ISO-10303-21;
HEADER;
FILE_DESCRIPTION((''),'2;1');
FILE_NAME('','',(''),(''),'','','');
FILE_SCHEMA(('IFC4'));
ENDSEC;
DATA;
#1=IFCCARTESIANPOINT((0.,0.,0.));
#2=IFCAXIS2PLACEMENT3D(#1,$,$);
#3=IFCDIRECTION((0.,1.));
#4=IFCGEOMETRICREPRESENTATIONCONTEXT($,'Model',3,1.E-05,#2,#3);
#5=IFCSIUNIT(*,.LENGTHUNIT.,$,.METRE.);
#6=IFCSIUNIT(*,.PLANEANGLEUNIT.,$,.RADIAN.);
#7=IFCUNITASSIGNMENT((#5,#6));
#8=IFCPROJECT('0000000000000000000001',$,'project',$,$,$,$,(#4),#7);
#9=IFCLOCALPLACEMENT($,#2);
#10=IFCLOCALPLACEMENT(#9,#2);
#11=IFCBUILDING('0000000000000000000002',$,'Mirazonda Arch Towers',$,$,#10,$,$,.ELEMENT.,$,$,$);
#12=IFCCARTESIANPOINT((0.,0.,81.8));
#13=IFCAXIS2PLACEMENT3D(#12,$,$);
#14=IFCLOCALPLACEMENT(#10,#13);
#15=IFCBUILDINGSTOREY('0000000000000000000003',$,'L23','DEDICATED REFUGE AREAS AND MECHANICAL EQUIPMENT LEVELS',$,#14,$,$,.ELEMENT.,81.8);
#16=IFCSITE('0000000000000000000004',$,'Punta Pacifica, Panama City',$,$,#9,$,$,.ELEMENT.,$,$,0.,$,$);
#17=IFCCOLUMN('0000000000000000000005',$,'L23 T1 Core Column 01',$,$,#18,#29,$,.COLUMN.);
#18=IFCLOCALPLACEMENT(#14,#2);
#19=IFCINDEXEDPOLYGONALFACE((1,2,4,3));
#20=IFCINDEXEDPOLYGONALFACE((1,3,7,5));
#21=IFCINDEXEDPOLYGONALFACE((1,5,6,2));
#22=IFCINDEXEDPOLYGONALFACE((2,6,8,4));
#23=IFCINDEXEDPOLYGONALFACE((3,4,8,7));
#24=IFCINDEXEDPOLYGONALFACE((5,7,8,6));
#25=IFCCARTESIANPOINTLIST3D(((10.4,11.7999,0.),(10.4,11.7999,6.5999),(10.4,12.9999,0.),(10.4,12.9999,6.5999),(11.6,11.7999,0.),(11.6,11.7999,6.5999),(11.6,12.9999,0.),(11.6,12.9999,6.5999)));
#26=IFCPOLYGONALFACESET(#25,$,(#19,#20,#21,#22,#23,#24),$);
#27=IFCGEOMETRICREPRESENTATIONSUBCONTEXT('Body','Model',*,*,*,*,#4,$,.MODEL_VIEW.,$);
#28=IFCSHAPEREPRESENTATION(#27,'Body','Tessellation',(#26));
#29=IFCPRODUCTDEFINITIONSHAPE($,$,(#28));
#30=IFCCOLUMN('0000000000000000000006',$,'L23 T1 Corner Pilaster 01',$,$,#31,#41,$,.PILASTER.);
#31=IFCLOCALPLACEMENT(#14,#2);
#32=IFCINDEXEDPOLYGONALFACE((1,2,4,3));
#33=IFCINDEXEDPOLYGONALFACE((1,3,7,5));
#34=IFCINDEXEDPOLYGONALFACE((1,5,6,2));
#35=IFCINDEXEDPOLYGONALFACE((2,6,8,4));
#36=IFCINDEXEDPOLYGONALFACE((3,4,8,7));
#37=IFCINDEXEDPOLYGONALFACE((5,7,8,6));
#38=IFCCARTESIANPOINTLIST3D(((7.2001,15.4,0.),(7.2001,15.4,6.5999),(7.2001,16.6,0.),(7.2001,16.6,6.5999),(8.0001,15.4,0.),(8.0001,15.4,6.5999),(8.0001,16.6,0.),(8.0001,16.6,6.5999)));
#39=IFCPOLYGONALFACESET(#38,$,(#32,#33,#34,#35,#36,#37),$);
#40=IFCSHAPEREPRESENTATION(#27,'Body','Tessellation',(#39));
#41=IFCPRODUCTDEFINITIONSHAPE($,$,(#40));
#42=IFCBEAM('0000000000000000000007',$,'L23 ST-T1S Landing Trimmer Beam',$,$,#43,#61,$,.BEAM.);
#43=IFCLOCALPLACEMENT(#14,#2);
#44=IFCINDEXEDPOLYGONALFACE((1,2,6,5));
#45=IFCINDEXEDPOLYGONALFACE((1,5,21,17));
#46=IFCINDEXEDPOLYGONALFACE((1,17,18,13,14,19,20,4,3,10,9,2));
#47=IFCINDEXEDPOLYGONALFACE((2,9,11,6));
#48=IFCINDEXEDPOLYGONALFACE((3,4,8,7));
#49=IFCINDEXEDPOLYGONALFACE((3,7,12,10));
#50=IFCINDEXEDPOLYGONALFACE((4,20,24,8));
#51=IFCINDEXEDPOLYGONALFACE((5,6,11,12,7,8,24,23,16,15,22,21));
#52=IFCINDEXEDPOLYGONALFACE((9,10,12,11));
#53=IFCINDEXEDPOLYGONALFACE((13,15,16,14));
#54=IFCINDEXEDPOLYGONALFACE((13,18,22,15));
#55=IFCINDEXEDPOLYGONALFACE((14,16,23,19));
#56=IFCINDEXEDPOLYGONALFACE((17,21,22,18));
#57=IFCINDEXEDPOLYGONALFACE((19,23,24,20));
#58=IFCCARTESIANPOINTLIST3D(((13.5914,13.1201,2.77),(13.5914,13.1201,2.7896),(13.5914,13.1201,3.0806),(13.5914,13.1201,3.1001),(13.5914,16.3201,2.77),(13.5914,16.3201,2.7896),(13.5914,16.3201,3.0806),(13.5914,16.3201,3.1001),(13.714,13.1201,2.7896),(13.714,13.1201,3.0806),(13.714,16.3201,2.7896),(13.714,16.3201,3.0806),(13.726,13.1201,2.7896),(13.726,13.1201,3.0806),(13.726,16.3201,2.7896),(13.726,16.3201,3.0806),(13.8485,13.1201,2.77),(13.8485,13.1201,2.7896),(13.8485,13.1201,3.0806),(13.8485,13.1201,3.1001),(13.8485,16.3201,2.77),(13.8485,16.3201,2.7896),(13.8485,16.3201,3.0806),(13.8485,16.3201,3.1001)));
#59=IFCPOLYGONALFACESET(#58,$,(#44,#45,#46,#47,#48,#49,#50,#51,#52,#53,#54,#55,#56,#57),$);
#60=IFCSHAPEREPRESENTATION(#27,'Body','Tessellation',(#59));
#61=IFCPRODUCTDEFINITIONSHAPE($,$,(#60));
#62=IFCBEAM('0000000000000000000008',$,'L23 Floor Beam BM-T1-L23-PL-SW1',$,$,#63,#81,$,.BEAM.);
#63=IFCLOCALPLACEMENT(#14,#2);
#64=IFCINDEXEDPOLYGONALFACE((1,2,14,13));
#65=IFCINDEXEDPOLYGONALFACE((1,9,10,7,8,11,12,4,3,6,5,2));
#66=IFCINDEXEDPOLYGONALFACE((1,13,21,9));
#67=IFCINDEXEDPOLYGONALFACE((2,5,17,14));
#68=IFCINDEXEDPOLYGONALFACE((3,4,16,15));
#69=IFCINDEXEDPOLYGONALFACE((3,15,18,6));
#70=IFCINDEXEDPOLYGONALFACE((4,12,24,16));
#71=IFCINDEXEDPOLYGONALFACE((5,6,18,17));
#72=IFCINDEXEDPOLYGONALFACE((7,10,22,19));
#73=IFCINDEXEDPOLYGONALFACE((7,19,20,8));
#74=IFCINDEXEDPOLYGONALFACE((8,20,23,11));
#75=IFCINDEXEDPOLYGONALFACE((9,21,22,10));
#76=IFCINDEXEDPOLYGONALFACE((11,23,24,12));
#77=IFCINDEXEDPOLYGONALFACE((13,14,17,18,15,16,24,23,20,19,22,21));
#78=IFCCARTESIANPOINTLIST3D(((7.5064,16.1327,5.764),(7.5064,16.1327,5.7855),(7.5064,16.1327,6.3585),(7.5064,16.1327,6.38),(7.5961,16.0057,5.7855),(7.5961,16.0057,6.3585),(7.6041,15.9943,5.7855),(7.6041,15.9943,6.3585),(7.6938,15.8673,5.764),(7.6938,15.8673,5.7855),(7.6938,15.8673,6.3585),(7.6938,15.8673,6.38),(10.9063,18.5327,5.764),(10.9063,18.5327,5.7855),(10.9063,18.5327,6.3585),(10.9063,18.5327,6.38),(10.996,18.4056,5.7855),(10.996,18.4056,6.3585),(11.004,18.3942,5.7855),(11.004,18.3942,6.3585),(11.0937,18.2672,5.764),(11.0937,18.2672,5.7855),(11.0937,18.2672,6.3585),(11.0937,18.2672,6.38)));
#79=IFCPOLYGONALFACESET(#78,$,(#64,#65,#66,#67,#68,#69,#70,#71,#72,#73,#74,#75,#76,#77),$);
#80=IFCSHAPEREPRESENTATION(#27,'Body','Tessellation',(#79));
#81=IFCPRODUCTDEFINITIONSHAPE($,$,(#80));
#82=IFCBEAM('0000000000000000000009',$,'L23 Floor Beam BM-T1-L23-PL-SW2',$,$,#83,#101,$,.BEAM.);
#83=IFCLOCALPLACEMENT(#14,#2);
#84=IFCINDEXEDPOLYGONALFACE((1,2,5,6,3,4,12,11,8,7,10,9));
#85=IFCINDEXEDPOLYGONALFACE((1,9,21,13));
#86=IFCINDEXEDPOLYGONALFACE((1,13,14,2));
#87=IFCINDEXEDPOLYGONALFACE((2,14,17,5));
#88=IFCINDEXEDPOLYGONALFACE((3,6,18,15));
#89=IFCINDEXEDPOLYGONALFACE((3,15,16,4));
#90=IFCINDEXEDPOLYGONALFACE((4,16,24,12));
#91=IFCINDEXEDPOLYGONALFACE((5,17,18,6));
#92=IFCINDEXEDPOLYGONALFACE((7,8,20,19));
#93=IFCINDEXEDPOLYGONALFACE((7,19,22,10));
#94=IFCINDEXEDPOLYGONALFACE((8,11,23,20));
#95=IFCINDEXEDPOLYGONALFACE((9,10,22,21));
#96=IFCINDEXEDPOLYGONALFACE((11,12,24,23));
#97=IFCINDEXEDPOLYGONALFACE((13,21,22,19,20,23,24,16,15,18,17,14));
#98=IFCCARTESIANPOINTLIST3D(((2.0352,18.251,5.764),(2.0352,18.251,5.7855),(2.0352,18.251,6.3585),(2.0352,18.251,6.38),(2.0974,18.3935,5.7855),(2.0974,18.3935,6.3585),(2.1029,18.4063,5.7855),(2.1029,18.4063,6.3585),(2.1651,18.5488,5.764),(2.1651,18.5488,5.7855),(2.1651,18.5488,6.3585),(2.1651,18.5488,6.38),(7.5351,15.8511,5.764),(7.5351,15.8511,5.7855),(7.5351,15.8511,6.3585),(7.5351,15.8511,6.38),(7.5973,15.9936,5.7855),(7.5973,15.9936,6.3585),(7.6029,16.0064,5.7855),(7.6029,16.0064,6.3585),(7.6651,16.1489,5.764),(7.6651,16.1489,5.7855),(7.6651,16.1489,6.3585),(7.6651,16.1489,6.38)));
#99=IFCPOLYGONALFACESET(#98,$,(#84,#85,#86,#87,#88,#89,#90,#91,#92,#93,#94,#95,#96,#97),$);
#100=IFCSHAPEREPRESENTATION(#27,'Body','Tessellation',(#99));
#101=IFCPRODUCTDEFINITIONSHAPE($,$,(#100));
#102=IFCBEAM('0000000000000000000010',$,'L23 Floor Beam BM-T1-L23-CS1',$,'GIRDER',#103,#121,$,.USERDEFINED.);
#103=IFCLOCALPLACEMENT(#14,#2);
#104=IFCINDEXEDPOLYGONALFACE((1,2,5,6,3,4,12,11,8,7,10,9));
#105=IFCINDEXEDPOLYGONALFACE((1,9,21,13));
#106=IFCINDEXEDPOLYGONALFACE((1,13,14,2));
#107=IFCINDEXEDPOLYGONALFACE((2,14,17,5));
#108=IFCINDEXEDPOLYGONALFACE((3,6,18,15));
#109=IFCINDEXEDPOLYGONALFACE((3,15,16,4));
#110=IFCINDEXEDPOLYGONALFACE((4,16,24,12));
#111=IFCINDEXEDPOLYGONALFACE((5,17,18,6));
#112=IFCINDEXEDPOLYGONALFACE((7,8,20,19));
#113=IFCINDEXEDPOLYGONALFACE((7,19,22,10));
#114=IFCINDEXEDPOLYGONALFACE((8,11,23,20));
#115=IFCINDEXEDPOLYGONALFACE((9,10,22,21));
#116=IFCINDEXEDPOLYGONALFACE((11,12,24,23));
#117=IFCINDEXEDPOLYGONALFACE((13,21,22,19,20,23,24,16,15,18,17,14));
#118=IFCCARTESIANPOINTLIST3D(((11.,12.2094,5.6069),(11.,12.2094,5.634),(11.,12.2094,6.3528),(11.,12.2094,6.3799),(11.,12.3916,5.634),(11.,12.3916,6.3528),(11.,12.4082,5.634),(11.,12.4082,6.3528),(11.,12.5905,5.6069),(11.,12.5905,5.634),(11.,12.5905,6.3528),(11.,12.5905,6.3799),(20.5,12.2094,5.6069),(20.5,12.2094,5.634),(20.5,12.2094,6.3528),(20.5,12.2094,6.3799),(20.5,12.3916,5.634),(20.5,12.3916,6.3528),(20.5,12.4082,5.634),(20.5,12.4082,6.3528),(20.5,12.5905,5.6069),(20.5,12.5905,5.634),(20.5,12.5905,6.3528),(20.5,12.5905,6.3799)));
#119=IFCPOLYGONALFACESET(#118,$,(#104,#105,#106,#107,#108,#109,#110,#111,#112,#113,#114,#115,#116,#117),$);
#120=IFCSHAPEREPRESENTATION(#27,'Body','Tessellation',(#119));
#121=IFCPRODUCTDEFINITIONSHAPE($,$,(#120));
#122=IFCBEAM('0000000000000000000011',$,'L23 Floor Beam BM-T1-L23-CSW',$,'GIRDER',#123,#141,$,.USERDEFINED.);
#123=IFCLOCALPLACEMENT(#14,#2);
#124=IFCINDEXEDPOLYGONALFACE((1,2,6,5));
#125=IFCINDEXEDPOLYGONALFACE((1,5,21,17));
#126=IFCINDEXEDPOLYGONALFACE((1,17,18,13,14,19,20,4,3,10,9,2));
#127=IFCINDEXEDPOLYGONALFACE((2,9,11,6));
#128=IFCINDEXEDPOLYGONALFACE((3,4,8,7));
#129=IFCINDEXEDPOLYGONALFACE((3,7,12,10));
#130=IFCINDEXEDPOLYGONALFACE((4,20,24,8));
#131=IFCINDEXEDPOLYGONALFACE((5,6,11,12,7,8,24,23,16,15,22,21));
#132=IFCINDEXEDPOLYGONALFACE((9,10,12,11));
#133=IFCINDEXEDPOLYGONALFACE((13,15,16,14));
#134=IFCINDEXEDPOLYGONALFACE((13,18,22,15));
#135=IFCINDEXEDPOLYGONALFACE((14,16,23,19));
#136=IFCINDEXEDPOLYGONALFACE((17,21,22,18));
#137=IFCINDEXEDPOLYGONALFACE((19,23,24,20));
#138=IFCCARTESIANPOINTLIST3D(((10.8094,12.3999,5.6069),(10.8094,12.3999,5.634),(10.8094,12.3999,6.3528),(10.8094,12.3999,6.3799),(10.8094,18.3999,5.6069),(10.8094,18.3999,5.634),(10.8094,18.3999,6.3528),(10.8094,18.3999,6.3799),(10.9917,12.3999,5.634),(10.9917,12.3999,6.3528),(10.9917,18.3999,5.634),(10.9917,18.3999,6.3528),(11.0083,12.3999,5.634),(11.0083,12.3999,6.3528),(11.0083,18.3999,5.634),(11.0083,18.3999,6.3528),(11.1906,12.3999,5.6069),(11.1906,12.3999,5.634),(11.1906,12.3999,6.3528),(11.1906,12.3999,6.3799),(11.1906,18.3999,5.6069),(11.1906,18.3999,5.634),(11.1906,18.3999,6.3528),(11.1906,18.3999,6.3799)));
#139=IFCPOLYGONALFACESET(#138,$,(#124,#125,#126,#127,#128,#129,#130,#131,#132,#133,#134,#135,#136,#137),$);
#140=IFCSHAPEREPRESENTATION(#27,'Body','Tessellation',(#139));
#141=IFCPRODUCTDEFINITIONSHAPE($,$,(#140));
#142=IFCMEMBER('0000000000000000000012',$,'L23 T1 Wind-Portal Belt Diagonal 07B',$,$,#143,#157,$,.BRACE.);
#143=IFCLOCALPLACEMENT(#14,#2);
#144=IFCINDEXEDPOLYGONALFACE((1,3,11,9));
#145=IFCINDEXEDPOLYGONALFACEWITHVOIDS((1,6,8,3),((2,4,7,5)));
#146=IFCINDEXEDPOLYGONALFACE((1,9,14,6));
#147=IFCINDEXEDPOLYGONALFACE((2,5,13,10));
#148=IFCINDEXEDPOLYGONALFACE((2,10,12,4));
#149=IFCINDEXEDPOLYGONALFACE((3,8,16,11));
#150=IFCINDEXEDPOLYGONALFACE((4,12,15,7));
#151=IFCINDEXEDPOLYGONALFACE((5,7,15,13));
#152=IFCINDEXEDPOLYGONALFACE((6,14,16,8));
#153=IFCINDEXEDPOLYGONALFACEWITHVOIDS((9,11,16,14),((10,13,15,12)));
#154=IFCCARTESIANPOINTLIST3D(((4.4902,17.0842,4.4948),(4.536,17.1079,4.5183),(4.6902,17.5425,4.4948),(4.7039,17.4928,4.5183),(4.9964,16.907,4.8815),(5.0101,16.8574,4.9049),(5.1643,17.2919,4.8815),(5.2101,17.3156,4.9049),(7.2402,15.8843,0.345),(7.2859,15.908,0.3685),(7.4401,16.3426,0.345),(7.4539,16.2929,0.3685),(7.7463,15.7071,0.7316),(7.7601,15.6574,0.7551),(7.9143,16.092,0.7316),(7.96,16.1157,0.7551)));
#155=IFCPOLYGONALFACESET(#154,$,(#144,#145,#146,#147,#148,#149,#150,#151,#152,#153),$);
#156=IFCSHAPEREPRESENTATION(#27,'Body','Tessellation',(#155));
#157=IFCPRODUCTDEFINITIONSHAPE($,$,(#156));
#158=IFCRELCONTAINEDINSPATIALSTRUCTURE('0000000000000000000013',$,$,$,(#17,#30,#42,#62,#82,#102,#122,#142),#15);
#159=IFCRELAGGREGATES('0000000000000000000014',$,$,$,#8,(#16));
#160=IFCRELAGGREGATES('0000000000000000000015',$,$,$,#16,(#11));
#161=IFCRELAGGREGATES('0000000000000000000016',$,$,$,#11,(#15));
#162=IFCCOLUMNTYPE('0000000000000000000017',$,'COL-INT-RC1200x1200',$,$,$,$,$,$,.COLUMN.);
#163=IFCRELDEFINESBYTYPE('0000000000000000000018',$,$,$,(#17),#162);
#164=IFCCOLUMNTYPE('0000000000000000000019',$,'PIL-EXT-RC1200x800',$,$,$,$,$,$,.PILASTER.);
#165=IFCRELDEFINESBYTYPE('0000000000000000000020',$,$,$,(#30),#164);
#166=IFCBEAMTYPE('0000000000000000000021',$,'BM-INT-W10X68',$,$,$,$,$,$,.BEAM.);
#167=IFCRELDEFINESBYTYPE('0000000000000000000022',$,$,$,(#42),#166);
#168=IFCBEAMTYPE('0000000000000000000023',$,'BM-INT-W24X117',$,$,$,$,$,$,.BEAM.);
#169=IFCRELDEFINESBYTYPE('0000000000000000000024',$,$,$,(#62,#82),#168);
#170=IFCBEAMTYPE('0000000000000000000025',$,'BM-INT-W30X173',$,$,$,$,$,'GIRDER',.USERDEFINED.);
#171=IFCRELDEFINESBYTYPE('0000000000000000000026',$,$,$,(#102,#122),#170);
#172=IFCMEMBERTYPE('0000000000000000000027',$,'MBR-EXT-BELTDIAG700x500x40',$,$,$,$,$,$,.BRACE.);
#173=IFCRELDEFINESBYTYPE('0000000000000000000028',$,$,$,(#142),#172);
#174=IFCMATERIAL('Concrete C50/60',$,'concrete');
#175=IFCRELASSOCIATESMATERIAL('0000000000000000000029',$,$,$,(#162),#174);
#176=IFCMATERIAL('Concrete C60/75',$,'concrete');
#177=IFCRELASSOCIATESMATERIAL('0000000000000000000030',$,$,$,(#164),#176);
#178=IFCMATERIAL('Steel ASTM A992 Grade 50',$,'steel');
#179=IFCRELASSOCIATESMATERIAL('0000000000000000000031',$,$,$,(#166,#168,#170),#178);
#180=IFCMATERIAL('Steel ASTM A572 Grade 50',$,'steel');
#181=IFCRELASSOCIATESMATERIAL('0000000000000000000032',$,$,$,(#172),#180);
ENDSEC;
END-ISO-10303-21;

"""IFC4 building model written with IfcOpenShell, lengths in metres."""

from ifc_helpers import new_model, si_unit, direction, frame, origin, origin_2d, place, context, subcontext, project, spatial, rectangle, hollow_rectangle, i_section, extrude, material, material_profile, profile_set, type_object, element, save


model = new_model("IFC4")

# Units and contexts
model_context = context("Model", 3, precision=1e-05, world=origin(), true_north=direction((0.0, 1.0)))
body_context = subcontext(model_context, "Body", "Model", "MODEL_VIEW")
ifc_project = project(units=[si_unit("LENGTHUNIT", "METRE"), si_unit("PLANEANGLEUNIT", "RADIAN")], contexts=[model_context])

# Site, building, storey
site_placement = place(None, origin())
site = spatial("IfcSite", under=ifc_project, at=site_placement, Name="Punta Pacifica, Panama City", CompositionType="ELEMENT", RefElevation=0.0)
building_placement = place(site_placement, origin())
building = spatial("IfcBuilding", under=site, at=building_placement, Name="Mirazonda Arch Towers", CompositionType="ELEMENT")
storey_placement = place(building_placement, frame((0.0, 0.0, 81.8)))
storey = spatial("IfcBuildingStorey", under=building, at=storey_placement, Name="L23", Description="DEDICATED REFUGE AREAS AND MECHANICAL EQUIPMENT LEVELS", CompositionType="ELEMENT", Elevation=81.8)

# Columns
ifc_material_1 = material(Name="Concrete C50/60", Category="concrete")
ifc_material_profile_1 = material_profile(ifc_material_1, rectangle(XDim=1.2, YDim=1.2, at=origin_2d()), Name="RC1200x1200")
ifc_profile_set_1 = profile_set([ifc_material_profile_1], Name="Concrete C50/60")
column_type_1 = type_object("IfcColumnType", Name="COL-INT-RC1200x1200", PredefinedType="COLUMN", material=ifc_profile_set_1)
column_1_placement = place(storey_placement, frame((11.0, 12.3999, 0.0), z_axis=(0.0, 0.0, 1.0), x_axis=(1.0, 0.0, 0.0)))
element("IfcColumn", 1, at=column_1_placement, inside=storey, type_object=column_type_1, Name="L23 T1 Core Column 01", PredefinedType="COLUMN", context=body_context, shape_type="SweptSolid", body=[
    extrude(rectangle(XDim=1.2, YDim=1.2, at=origin_2d()), origin(), (0.0, 0.0, 1.0), 6.5999),
])
ifc_material_2 = material(Name="Concrete C60/75", Category="concrete")
ifc_material_profile_2 = material_profile(ifc_material_2, rectangle(XDim=0.8, YDim=1.2, at=origin_2d()), Name="RC1200x800")
ifc_profile_set_2 = profile_set([ifc_material_profile_2], Name="Concrete C60/75")
column_type_2 = type_object("IfcColumnType", Name="PIL-EXT-RC1200x800", PredefinedType="PILASTER", material=ifc_profile_set_2)
column_2_placement = place(storey_placement, frame((7.6001, 16.0, 0.0), z_axis=(0.0, 0.0, 1.0), x_axis=(1.0, 0.0, 0.0)))
element("IfcColumn", 2, at=column_2_placement, inside=storey, type_object=column_type_2, Name="L23 T1 Corner Pilaster 01", PredefinedType="PILASTER", context=body_context, shape_type="SweptSolid", body=[
    extrude(rectangle(XDim=0.8, YDim=1.2, at=origin_2d()), origin(), (0.0, 0.0, 1.0), 6.5999),
])

# Beams
ifc_material_3 = material(Name="Steel ASTM A992 Grade 50", Category="steel")
ifc_material_profile_3 = material_profile(ifc_material_3, i_section(OverallWidth=0.2571, OverallDepth=0.3301, WebThickness=0.012, FlangeThickness=0.0195, at=origin_2d()), Name="W10X68")
ifc_profile_set_3 = profile_set([ifc_material_profile_3], Name="Steel ASTM A992 Grade 50")
beam_type_1 = type_object("IfcBeamType", Name="BM-INT-W10X68", PredefinedType="BEAM", material=ifc_profile_set_3)
beam_1_placement = place(storey_placement, frame((13.72, 13.1201, 2.9351), z_axis=(0.0, 1.0, 0.0), x_axis=(-1.0, 0.0, 0.0)))
element("IfcBeam", 3, at=beam_1_placement, inside=storey, type_object=beam_type_1, Name="L23 ST-T1S Landing Trimmer Beam", PredefinedType="BEAM", context=body_context, shape_type="SweptSolid", body=[
    extrude(i_section(OverallWidth=0.2571, OverallDepth=0.3301, WebThickness=0.012, FlangeThickness=0.0195, at=origin_2d()), origin(), (0.0, 0.0, 1.0), 3.2),
])
ifc_material_profile_4 = material_profile(ifc_material_3, i_section(OverallWidth=0.325, OverallDepth=0.616, WebThickness=0.0139, FlangeThickness=0.0215, at=origin_2d()), Name="W24X117")
ifc_profile_set_4 = profile_set([ifc_material_profile_4], Name="Steel ASTM A992 Grade 50")
beam_type_2 = type_object("IfcBeamType", Name="BM-INT-W24X117", PredefinedType="BEAM", material=ifc_profile_set_4)
beam_2_placement = place(storey_placement, frame((7.6001, 16.0, 6.072), z_axis=(0.816971, 0.576679, 0.0), x_axis=(-0.576679, 0.816971, 0.0)))
element("IfcBeam", 4, at=beam_2_placement, inside=storey, type_object=beam_type_2, Name="L23 Floor Beam BM-T1-L23-PL-SW1", PredefinedType="BEAM", context=body_context, shape_type="SweptSolid", body=[
    extrude(i_section(OverallWidth=0.325, OverallDepth=0.616, WebThickness=0.0139, FlangeThickness=0.0215, at=origin_2d()), origin(), (0.0, 0.0, 1.0), 4.1616),
])
beam_3_placement = place(storey_placement, frame((7.6001, 16.0, 6.072), z_axis=(-0.916545, 0.399931, 0.0), x_axis=(-0.399931, -0.916545, 0.0)))
element("IfcBeam", 5, at=beam_3_placement, inside=storey, type_object=beam_type_2, Name="L23 Floor Beam BM-T1-L23-PL-SW2", PredefinedType="BEAM", context=body_context, shape_type="SweptSolid", body=[
    extrude(i_section(OverallWidth=0.325, OverallDepth=0.616, WebThickness=0.0139, FlangeThickness=0.0215, at=origin_2d()), origin(), (0.0, 0.0, 1.0), 6.0007),
])
ifc_material_profile_5 = material_profile(ifc_material_3, i_section(OverallWidth=0.3811, OverallDepth=0.7729, WebThickness=0.0166, FlangeThickness=0.0271, at=origin_2d()), Name="W30X173")
ifc_profile_set_5 = profile_set([ifc_material_profile_5], Name="Steel ASTM A992 Grade 50")
beam_type_3 = type_object("IfcBeamType", Name="BM-INT-W30X173", ElementType="GIRDER", PredefinedType="USERDEFINED", material=ifc_profile_set_5)
beam_4_placement = place(storey_placement, frame((11.0, 12.3999, 5.9934), z_axis=(1.0, 0.0, 0.0), x_axis=(0.0, 1.0, 0.0)))
element("IfcBeam", 6, at=beam_4_placement, inside=storey, type_object=beam_type_3, Name="L23 Floor Beam BM-T1-L23-CS1", ObjectType="GIRDER", PredefinedType="USERDEFINED", context=body_context, shape_type="SweptSolid", body=[
    extrude(i_section(OverallWidth=0.3811, OverallDepth=0.7729, WebThickness=0.0166, FlangeThickness=0.0271, at=origin_2d()), origin(), (0.0, 0.0, 1.0), 9.5),
])
beam_5_placement = place(storey_placement, frame((11.0, 12.3999, 5.9934), z_axis=(0.0, 1.0, 0.0), x_axis=(-1.0, 0.0, 0.0)))
element("IfcBeam", 7, at=beam_5_placement, inside=storey, type_object=beam_type_3, Name="L23 Floor Beam BM-T1-L23-CSW", ObjectType="GIRDER", PredefinedType="USERDEFINED", context=body_context, shape_type="SweptSolid", body=[
    extrude(i_section(OverallWidth=0.3811, OverallDepth=0.7729, WebThickness=0.0166, FlangeThickness=0.0271, at=origin_2d()), origin(), (0.0, 0.0, 1.0), 6.0),
])

# Member
ifc_material_4 = material(Name="Steel ASTM A572 Grade 50", Category="steel")
ifc_material_profile_6 = material_profile(ifc_material_4, hollow_rectangle(XDim=0.5, YDim=0.7, WallThickness=0.04, at=origin_2d()), Name="BELTDIAG700x500x40")
ifc_profile_set_6 = profile_set([ifc_material_profile_6], Name="Steel ASTM A572 Grade 50")
member_type_1 = type_object("IfcMemberType", Name="MBR-EXT-BELTDIAG700x500x40", PredefinedType="BRACE", material=ifc_profile_set_6)
member_1_placement = place(storey_placement, frame((7.6001, 16.0, 0.55), z_axis=(-0.53701, 0.234322, 0.810378), x_axis=(-0.399931, -0.916545, 0.0)))
element("IfcMember", 8, at=member_1_placement, inside=storey, type_object=member_type_1, Name="L23 T1 Wind-Portal Belt Diagonal 07B", PredefinedType="BRACE", context=body_context, shape_type="SweptSolid", body=[
    extrude(hollow_rectangle(XDim=0.5, YDim=0.7, WallThickness=0.04, at=origin_2d()), origin(), (0.0, 0.0, 1.0), 5.1208),
])

save(model, "model.ifc")
